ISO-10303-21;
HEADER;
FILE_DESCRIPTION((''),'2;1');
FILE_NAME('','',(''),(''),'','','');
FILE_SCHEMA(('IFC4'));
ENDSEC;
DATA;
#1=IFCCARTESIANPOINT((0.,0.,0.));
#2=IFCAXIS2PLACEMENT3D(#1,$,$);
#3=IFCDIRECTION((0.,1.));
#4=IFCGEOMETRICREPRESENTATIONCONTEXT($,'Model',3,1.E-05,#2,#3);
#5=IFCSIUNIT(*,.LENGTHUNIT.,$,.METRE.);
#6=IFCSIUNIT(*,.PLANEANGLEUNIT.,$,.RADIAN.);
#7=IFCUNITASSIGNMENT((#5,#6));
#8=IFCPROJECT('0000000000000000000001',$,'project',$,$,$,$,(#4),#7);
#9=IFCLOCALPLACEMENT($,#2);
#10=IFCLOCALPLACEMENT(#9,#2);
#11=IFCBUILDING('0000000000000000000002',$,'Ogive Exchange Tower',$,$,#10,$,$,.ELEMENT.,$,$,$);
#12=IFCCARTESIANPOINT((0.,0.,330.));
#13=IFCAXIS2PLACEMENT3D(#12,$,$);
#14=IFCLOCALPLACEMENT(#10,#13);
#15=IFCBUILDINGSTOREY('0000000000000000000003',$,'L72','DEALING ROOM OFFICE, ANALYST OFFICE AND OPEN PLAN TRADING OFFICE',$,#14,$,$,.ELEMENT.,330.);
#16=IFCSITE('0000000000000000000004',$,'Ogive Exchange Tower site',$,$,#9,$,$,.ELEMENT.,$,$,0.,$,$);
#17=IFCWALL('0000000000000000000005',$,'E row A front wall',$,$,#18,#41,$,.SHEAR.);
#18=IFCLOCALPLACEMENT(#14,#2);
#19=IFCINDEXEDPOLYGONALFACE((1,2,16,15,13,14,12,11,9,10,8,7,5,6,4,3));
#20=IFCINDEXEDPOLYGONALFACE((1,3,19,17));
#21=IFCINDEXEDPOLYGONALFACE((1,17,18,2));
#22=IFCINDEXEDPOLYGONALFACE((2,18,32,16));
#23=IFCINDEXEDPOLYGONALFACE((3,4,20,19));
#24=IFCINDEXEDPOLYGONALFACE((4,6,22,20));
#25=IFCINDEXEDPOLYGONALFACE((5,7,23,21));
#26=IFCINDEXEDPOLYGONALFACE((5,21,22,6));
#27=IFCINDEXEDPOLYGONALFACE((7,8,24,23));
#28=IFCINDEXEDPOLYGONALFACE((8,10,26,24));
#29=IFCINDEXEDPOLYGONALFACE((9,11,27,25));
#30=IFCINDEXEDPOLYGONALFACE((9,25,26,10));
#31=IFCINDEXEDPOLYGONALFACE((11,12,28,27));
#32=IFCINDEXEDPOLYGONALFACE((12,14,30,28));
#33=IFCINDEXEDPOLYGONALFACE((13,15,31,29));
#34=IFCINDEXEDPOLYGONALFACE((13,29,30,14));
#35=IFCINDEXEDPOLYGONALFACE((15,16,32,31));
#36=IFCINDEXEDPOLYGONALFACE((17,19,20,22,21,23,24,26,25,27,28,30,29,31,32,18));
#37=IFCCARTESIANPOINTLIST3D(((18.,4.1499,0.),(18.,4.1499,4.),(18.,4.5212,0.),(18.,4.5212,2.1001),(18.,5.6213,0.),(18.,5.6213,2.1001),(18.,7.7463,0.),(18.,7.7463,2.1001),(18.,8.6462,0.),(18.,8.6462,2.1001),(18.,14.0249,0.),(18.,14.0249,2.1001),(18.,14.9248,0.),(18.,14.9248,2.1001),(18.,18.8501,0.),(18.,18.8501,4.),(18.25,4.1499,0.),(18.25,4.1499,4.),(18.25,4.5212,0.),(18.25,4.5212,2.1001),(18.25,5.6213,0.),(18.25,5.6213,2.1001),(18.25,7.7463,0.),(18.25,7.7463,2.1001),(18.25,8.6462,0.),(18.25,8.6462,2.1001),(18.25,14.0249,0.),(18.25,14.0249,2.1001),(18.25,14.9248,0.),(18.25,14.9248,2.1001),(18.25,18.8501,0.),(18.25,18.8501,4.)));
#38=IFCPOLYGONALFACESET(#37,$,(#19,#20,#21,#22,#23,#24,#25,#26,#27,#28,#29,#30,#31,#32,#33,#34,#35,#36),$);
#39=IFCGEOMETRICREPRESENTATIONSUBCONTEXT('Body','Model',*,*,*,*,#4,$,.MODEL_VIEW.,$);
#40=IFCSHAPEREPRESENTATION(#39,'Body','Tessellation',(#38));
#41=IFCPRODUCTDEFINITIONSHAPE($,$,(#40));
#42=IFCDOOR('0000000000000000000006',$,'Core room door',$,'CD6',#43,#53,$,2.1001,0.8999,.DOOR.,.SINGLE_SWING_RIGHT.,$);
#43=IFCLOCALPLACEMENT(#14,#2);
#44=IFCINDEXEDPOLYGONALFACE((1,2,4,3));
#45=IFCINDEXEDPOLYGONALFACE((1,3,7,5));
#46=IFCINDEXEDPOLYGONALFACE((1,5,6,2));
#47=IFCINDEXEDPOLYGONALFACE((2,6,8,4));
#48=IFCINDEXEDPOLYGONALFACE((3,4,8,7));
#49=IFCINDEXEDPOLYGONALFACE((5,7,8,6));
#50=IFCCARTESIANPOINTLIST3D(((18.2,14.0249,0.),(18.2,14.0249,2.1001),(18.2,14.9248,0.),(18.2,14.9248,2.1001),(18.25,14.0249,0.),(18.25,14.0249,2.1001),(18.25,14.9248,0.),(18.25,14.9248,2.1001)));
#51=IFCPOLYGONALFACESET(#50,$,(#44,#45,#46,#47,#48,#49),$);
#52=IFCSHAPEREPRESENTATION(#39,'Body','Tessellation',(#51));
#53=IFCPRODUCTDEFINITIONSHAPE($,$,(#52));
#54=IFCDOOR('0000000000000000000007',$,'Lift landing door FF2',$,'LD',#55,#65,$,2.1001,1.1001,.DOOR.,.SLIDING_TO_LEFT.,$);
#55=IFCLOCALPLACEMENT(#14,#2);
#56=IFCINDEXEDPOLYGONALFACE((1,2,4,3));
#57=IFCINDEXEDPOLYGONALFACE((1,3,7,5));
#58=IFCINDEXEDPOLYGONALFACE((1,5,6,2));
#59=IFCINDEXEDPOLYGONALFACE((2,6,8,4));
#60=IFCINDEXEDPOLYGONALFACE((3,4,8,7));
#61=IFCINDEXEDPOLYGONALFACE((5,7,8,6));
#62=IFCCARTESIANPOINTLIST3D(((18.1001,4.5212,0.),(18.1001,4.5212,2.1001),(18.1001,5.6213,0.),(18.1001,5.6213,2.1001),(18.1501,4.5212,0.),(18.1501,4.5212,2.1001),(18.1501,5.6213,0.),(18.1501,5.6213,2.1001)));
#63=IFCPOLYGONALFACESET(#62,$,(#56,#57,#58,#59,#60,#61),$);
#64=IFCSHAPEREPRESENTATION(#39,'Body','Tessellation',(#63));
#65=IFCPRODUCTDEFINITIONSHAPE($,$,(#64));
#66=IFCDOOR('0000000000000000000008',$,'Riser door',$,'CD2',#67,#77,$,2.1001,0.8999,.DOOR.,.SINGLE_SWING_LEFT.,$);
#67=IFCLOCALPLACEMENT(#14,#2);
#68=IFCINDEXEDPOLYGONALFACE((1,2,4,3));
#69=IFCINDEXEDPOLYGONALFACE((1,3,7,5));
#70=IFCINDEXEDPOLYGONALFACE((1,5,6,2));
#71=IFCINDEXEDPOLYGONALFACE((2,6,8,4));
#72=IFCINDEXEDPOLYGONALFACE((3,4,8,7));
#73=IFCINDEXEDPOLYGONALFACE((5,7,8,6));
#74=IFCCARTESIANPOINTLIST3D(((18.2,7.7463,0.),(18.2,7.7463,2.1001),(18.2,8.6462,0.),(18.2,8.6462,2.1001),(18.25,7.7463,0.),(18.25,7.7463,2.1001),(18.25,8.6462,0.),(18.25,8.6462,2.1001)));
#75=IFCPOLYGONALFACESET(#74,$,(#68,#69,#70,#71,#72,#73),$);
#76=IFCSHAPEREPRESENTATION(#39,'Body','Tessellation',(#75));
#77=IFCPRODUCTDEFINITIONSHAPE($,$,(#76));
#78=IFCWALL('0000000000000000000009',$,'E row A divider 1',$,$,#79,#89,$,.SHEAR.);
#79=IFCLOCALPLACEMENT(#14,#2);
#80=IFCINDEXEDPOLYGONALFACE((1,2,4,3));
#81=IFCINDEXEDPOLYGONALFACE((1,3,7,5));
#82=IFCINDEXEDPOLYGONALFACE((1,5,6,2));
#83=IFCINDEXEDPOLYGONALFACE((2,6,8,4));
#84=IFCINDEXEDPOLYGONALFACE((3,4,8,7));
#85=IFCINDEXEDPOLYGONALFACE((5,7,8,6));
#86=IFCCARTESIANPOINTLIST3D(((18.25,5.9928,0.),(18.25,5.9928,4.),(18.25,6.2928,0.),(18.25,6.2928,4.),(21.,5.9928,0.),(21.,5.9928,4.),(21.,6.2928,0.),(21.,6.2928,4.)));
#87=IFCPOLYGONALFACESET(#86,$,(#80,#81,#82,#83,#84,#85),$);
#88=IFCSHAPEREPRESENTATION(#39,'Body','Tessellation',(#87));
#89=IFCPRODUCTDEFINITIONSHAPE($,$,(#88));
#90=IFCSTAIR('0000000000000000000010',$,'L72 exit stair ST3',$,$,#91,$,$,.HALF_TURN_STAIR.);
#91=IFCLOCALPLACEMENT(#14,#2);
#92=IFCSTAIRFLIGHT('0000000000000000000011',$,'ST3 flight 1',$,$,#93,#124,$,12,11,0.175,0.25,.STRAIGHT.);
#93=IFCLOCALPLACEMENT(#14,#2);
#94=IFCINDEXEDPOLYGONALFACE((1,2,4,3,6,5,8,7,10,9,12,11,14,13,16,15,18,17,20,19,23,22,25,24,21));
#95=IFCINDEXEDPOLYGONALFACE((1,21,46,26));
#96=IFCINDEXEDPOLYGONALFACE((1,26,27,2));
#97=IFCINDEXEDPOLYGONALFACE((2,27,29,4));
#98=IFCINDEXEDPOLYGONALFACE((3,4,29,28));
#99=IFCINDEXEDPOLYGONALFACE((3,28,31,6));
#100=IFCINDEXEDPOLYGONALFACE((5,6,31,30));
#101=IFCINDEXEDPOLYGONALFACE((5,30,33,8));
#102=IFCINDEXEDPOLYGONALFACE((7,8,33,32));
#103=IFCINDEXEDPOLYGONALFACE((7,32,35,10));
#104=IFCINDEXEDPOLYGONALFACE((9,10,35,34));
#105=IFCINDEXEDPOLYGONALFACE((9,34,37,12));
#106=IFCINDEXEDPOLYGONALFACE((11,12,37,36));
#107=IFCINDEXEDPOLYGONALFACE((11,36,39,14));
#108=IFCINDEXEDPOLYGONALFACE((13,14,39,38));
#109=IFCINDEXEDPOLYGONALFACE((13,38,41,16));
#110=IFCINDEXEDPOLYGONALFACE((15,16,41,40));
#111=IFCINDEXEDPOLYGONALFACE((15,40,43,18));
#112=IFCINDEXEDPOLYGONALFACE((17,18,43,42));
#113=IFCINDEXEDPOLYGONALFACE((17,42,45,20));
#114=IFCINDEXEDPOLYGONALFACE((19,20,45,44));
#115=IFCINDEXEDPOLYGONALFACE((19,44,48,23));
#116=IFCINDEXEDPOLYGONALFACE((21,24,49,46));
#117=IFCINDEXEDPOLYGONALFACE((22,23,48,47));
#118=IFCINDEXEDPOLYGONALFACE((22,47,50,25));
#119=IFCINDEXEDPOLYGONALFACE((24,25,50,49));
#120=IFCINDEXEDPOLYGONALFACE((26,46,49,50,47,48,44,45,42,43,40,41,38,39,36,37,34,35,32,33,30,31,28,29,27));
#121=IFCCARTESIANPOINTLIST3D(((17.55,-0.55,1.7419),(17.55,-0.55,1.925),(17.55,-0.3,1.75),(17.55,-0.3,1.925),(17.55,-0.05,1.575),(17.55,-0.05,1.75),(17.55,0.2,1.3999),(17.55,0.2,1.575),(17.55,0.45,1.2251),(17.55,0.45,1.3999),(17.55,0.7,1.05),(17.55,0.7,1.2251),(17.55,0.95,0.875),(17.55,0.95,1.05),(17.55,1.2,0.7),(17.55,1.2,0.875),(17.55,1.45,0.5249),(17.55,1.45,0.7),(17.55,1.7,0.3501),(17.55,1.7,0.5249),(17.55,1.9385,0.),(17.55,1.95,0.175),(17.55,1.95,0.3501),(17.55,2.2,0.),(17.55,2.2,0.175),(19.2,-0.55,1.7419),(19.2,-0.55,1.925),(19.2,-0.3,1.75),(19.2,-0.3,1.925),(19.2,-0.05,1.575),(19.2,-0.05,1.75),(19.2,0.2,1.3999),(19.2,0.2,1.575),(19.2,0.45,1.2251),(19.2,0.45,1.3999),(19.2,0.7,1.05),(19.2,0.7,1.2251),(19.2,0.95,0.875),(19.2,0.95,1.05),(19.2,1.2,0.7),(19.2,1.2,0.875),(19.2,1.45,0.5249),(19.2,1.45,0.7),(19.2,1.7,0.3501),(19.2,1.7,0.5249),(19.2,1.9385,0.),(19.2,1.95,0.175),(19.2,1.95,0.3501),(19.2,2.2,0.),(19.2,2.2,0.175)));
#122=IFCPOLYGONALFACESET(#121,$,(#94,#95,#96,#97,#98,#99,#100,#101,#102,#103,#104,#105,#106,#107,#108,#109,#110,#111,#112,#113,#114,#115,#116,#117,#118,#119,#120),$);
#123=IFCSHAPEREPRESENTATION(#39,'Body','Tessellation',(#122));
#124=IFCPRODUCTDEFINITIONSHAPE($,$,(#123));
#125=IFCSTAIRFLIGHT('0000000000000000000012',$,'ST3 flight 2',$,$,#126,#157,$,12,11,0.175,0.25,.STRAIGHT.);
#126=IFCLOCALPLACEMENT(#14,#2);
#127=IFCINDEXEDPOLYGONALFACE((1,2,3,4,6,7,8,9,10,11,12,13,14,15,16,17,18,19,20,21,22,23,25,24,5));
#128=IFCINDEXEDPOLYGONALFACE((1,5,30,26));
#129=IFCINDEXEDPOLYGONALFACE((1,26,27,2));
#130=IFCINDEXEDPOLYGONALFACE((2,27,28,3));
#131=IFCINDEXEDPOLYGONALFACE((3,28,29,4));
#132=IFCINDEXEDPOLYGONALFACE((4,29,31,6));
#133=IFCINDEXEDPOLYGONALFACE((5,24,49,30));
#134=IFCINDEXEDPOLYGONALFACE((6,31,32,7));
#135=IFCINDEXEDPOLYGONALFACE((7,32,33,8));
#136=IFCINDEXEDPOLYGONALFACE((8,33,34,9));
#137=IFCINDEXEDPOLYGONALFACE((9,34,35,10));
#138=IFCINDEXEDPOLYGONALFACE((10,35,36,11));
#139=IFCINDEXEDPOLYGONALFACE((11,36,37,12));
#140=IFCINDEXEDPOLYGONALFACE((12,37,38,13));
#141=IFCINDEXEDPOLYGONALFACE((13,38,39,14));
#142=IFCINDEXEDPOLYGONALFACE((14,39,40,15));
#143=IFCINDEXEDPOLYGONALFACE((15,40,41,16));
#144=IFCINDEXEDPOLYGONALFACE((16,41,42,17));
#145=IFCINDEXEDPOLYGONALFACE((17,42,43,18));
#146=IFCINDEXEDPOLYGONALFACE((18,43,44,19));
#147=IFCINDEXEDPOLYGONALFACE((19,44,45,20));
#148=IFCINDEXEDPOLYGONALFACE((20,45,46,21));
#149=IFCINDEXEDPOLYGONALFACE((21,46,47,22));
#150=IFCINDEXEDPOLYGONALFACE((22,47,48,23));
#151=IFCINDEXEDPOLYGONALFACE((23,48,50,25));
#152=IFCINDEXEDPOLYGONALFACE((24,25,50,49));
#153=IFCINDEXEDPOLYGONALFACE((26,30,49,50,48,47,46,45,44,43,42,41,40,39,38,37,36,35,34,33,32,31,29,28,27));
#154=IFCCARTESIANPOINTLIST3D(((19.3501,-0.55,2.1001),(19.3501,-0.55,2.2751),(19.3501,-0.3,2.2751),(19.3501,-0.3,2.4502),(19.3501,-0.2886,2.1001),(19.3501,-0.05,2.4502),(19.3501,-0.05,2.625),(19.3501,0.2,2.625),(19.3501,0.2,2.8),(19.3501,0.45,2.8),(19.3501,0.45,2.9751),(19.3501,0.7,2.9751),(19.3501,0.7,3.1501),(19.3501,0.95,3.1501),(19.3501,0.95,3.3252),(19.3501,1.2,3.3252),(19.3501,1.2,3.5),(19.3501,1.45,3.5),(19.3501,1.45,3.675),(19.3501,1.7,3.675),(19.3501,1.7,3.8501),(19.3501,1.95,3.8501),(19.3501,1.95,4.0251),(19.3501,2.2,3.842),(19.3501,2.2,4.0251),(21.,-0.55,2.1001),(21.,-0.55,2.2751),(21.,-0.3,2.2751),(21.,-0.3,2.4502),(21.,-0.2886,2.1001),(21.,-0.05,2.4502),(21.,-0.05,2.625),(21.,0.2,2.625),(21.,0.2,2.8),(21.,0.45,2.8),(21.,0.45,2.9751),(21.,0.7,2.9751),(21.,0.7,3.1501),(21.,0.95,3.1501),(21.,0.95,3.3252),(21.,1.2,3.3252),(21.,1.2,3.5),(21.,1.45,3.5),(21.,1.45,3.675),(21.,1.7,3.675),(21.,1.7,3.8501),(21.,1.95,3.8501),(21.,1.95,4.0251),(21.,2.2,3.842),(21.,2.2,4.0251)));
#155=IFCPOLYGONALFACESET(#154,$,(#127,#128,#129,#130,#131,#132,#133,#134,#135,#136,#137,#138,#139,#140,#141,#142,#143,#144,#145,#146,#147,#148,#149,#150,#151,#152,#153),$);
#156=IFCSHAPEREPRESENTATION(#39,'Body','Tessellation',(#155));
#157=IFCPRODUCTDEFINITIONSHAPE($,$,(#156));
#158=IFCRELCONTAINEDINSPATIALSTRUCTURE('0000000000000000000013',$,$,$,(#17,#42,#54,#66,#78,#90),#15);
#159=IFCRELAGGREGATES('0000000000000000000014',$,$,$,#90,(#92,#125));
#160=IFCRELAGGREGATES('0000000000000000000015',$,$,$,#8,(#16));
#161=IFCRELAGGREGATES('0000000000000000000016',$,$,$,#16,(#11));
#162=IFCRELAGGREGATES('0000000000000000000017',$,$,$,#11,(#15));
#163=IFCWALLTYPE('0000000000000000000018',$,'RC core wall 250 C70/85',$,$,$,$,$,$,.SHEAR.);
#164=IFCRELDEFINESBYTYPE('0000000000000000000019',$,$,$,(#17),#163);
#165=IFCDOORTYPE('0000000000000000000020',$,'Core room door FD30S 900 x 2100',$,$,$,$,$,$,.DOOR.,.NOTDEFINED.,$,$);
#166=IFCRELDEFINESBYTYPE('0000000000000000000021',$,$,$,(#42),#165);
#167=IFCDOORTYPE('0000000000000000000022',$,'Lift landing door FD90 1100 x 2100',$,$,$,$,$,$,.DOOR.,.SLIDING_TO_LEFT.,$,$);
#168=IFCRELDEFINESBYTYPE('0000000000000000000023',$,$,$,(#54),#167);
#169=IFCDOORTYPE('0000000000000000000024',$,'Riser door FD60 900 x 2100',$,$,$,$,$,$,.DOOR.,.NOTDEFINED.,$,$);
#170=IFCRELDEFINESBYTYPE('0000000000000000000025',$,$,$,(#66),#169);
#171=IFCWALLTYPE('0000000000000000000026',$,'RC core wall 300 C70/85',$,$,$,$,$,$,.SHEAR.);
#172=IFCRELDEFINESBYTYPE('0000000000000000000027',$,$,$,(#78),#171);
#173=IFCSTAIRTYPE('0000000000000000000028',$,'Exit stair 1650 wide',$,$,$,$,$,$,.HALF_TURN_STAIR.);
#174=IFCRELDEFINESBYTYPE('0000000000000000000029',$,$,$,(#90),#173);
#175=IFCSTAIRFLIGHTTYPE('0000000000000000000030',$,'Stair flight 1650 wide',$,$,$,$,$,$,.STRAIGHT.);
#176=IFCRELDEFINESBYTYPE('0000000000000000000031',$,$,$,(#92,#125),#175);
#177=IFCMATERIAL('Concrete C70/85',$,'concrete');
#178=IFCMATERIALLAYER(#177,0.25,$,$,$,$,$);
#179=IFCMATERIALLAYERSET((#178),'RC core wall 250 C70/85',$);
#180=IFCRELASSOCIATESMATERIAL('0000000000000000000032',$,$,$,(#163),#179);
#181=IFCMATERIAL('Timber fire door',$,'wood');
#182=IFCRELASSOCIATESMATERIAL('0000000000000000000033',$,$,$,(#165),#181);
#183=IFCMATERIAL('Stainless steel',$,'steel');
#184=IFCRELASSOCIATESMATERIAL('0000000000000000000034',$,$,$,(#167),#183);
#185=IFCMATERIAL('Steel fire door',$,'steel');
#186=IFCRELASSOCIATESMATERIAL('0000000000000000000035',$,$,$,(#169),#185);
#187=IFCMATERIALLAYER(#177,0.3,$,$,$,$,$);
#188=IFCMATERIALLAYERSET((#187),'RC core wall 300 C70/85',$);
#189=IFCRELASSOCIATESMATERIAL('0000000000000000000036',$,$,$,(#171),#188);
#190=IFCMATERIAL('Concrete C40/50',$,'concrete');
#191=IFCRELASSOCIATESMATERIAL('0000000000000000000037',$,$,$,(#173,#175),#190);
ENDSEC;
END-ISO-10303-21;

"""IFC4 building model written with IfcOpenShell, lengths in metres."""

from ifc_helpers import new_model, si_unit, direction, frame, frame_2d, origin, place, context, subcontext, project, spatial, polyline, rectangle, outline, extrude, material, layer, layer_set, type_object, element, fill, aggregate, save


model = new_model("IFC4")

# Units and contexts
model_context = context("Model", 3, precision=1e-05, world=origin(), true_north=direction((0.0, 1.0)))
body_context = subcontext(model_context, "Body", "Model", "MODEL_VIEW")
ifc_project = project(units=[si_unit("LENGTHUNIT", "METRE"), si_unit("PLANEANGLEUNIT", "RADIAN")], contexts=[model_context])

# Site, building, storey
site_placement = place(None, origin())
site = spatial("IfcSite", under=ifc_project, at=site_placement, Name="Ogive Exchange Tower site", CompositionType="ELEMENT", RefElevation=0.0)
building_placement = place(site_placement, origin())
building = spatial("IfcBuilding", under=site, at=building_placement, Name="Ogive Exchange Tower", CompositionType="ELEMENT")
storey_placement = place(building_placement, frame((0.0, 0.0, 330.0)))
storey = spatial("IfcBuildingStorey", under=building, at=storey_placement, Name="L72", Description="DEALING ROOM OFFICE, ANALYST OFFICE AND OPEN PLAN TRADING OFFICE", CompositionType="ELEMENT", Elevation=330.0)

# Wall, openings, doors
ifc_material_1 = material(Name="Concrete C70/85", Category="concrete")
ifc_layer_1 = layer(ifc_material_1, 0.25)
ifc_layer_set_1 = layer_set([ifc_layer_1], Name="RC core wall 250 C70/85")
wall_type_1 = type_object("IfcWallType", Name="RC core wall 250 C70/85", PredefinedType="SHEAR", material=ifc_layer_set_1)
wall_1_placement = place(storey_placement, frame((18.125, 4.1499, 0.0), z_axis=(0.0, 0.0, 1.0), x_axis=(0.0, 1.0, 0.0)))
wall_1 = element("IfcWall", 1, at=wall_1_placement, inside=storey, type_object=wall_type_1, Name="E row A front wall", PredefinedType="SHEAR", context=body_context, shape_type="SweptSolid", body=[
    extrude(rectangle(XDim=14.7002, YDim=0.25, at=frame_2d((7.3501, 0.0))), origin(), (0.0, 0.0, 1.0), 4.0),
])
opening_1_placement = place(wall_1_placement, frame((3.5964, 0.0, 0.0)))
opening_1 = element("IfcOpeningElement", 2, at=opening_1_placement, cuts=wall_1, PredefinedType="OPENING", context=body_context, shape_type="SweptSolid", body=[
    extrude(rectangle(XDim=0.8999, YDim=2.1001, at=frame_2d((0.45, 1.05))), frame((0.0, 0.135, 0.0), z_axis=(0.0, -1.0, 0.0), x_axis=(1.0, 0.0, 0.0)), (0.0, 0.0, 1.0), 0.27),
])
opening_2_placement = place(wall_1_placement, frame((9.875, 0.0, 0.0)))
opening_2 = element("IfcOpeningElement", 3, at=opening_2_placement, cuts=wall_1, PredefinedType="OPENING", context=body_context, shape_type="SweptSolid", body=[
    extrude(rectangle(XDim=0.8999, YDim=2.1001, at=frame_2d((0.45, 1.05))), frame((0.0, 0.135, 0.0), z_axis=(0.0, -1.0, 0.0), x_axis=(1.0, 0.0, 0.0)), (0.0, 0.0, 1.0), 0.27),
])
opening_3_placement = place(wall_1_placement, frame((0.3713, 0.0, 0.0)))
opening_3 = element("IfcOpeningElement", 4, at=opening_3_placement, cuts=wall_1, PredefinedType="OPENING", context=body_context, shape_type="SweptSolid", body=[
    extrude(rectangle(XDim=1.1001, YDim=2.1001, at=frame_2d((0.55, 1.05))), frame((0.0, 0.135, 0.0), z_axis=(0.0, -1.0, 0.0), x_axis=(1.0, 0.0, 0.0)), (0.0, 0.0, 1.0), 0.27),
])
ifc_material_2 = material(Name="Timber fire door", Category="wood")
door_type_1 = type_object("IfcDoorType", Name="Core room door FD30S 900 x 2100", OperationType="NOTDEFINED", PredefinedType="DOOR", material=ifc_material_2)
door_1_placement = place(opening_2_placement, frame((0.8999, -0.2002, 0.0), z_axis=(0.0, 0.0, 1.0), x_axis=(-1.0, 0.0, 0.0)))
door_1 = element("IfcDoor", 5, at=door_1_placement, inside=storey, type_object=door_type_1, Name="Core room door", ObjectType="CD6", OperationType="SINGLE_SWING_RIGHT", OverallHeight=2.1001, OverallWidth=0.8999, PredefinedType="DOOR", context=body_context, shape_type="SweptSolid", body=[
    extrude(rectangle(XDim=0.8999, YDim=2.1001, at=frame_2d((0.45, 1.05))), frame((0.0, -0.0752, 0.0), z_axis=(0.0, -1.0, 0.0), x_axis=(1.0, 0.0, 0.0)), (0.0, 0.0, 1.0), 0.05),
])
fill(opening_2, door_1)
ifc_material_3 = material(Name="Stainless steel", Category="steel")
door_type_2 = type_object("IfcDoorType", Name="Lift landing door FD90 1100 x 2100", OperationType="SLIDING_TO_LEFT", PredefinedType="DOOR", material=ifc_material_3)
door_2_placement = place(opening_3_placement, origin())
door_2 = element("IfcDoor", 6, at=door_2_placement, inside=storey, type_object=door_type_2, Name="Lift landing door FF2", ObjectType="LD", OperationType="SLIDING_TO_LEFT", OverallHeight=2.1001, OverallWidth=1.1001, PredefinedType="DOOR", context=body_context, shape_type="SweptSolid", body=[
    extrude(rectangle(XDim=1.1001, YDim=2.1001, at=frame_2d((0.55, 1.05))), frame((0.0, 0.0249, 0.0), z_axis=(0.0, -1.0, 0.0), x_axis=(1.0, 0.0, 0.0)), (0.0, 0.0, 1.0), 0.05),
])
fill(opening_3, door_2)
ifc_material_4 = material(Name="Steel fire door", Category="steel")
door_type_3 = type_object("IfcDoorType", Name="Riser door FD60 900 x 2100", OperationType="NOTDEFINED", PredefinedType="DOOR", material=ifc_material_4)
door_3_placement = place(opening_1_placement, frame((0.8999, -0.2002, 0.0), z_axis=(0.0, 0.0, 1.0), x_axis=(-1.0, 0.0, 0.0)))
door_3 = element("IfcDoor", 7, at=door_3_placement, inside=storey, type_object=door_type_3, Name="Riser door", ObjectType="CD2", OperationType="SINGLE_SWING_LEFT", OverallHeight=2.1001, OverallWidth=0.8999, PredefinedType="DOOR", context=body_context, shape_type="SweptSolid", body=[
    extrude(rectangle(XDim=0.8999, YDim=2.1001, at=frame_2d((0.45, 1.05))), frame((0.0, -0.0752, 0.0), z_axis=(0.0, -1.0, 0.0), x_axis=(1.0, 0.0, 0.0)), (0.0, 0.0, 1.0), 0.05),
])
fill(opening_1, door_3)

# Wall
ifc_layer_2 = layer(ifc_material_1, 0.3)
ifc_layer_set_2 = layer_set([ifc_layer_2], Name="RC core wall 300 C70/85")
wall_type_2 = type_object("IfcWallType", Name="RC core wall 300 C70/85", PredefinedType="SHEAR", material=ifc_layer_set_2)
wall_2_placement = place(storey_placement, frame((18.25, 6.1428, 0.0), z_axis=(0.0, 0.0, 1.0), x_axis=(1.0, 0.0, 0.0)))
element("IfcWall", 8, at=wall_2_placement, inside=storey, type_object=wall_type_2, Name="E row A divider 1", PredefinedType="SHEAR", context=body_context, shape_type="SweptSolid", body=[
    extrude(rectangle(XDim=2.75, YDim=0.3, at=frame_2d((1.375, 0.0))), origin(), (0.0, 0.0, 1.0), 4.0),
])

# Stair, stair flights
ifc_material_5 = material(Name="Concrete C40/50", Category="concrete")
stair_type = type_object("IfcStairType", Name="Exit stair 1650 wide", PredefinedType="HALF_TURN_STAIR", material=ifc_material_5)
stair_placement = place(storey_placement, origin())
stair = element("IfcStair", 9, at=stair_placement, inside=storey, type_object=stair_type, Name="L72 exit stair ST3", PredefinedType="HALF_TURN_STAIR")
stair_flight_type = type_object("IfcStairFlightType", Name="Stair flight 1650 wide", PredefinedType="STRAIGHT", material=ifc_material_5)
stair_flight_1_placement = place(storey_placement, frame((18.375, 2.2, 0.0), z_axis=(0.0, 0.0, 1.0), x_axis=(0.0, -1.0, 0.0)))
stair_flight_1 = element("IfcStairFlight", 10, at=stair_flight_1_placement, type_object=stair_flight_type, Name="ST3 flight 1", NumberOfRisers=12, NumberOfTreads=11, PredefinedType="STRAIGHT", RiserHeight=0.175, TreadLength=0.25, context=body_context, shape_type="SweptSolid", body=[
    extrude(outline(polyline([(0.0, 0.0), (0.0, 0.175), (0.25, 0.175), (0.25, 0.3501), (0.5, 0.3501), (0.5, 0.5249), (0.75, 0.5249), (0.75, 0.7), (1.0, 0.7), (1.0, 0.875), (1.25, 0.875), (1.25, 1.05), (1.5, 1.05), (1.5, 1.2251), (1.75, 1.2251), (1.75, 1.3999), (2.0, 1.3999), (2.0, 1.575), (2.25, 1.575), (2.25, 1.75), (2.5, 1.75), (2.5, 1.925), (2.75, 1.925), (2.75, 2.1001), (2.75, 1.7419), (0.2615, 0.0), (0.0, 0.0)])), frame((0.0, 0.825, 0.0), z_axis=(0.0, -1.0, 0.0), x_axis=(1.0, 0.0, 0.0)), (0.0, 0.0, 1.0), 1.6499),
])
stair_flight_2_placement = place(storey_placement, frame((20.175, -0.55, 2.1001), z_axis=(0.0, 0.0, 1.0), x_axis=(0.0, 1.0, 0.0)))
stair_flight_2 = element("IfcStairFlight", 11, at=stair_flight_2_placement, type_object=stair_flight_type, Name="ST3 flight 2", NumberOfRisers=12, NumberOfTreads=11, PredefinedType="STRAIGHT", RiserHeight=0.175, TreadLength=0.25, context=body_context, shape_type="SweptSolid", body=[
    extrude(outline(polyline([(0.0, 0.0), (0.0, 0.175), (0.25, 0.175), (0.25, 0.3501), (0.5, 0.3501), (0.5, 0.5249), (0.75, 0.5249), (0.75, 0.7), (1.0, 0.7), (1.0, 0.875), (1.25, 0.875), (1.25, 1.05), (1.5, 1.05), (1.5, 1.2251), (1.75, 1.2251), (1.75, 1.3999), (2.0, 1.3999), (2.0, 1.575), (2.25, 1.575), (2.25, 1.75), (2.5, 1.75), (2.5, 1.925), (2.75, 1.925), (2.75, 2.1001), (2.75, 1.7419), (0.2615, 0.0), (0.0, 0.0)])), frame((0.0, 0.825, 0.0), z_axis=(0.0, -1.0, 0.0), x_axis=(1.0, 0.0, 0.0)), (0.0, 0.0, 1.0), 1.6499),
])
aggregate(stair, [stair_flight_1, stair_flight_2])

save(model, "model.ifc")
